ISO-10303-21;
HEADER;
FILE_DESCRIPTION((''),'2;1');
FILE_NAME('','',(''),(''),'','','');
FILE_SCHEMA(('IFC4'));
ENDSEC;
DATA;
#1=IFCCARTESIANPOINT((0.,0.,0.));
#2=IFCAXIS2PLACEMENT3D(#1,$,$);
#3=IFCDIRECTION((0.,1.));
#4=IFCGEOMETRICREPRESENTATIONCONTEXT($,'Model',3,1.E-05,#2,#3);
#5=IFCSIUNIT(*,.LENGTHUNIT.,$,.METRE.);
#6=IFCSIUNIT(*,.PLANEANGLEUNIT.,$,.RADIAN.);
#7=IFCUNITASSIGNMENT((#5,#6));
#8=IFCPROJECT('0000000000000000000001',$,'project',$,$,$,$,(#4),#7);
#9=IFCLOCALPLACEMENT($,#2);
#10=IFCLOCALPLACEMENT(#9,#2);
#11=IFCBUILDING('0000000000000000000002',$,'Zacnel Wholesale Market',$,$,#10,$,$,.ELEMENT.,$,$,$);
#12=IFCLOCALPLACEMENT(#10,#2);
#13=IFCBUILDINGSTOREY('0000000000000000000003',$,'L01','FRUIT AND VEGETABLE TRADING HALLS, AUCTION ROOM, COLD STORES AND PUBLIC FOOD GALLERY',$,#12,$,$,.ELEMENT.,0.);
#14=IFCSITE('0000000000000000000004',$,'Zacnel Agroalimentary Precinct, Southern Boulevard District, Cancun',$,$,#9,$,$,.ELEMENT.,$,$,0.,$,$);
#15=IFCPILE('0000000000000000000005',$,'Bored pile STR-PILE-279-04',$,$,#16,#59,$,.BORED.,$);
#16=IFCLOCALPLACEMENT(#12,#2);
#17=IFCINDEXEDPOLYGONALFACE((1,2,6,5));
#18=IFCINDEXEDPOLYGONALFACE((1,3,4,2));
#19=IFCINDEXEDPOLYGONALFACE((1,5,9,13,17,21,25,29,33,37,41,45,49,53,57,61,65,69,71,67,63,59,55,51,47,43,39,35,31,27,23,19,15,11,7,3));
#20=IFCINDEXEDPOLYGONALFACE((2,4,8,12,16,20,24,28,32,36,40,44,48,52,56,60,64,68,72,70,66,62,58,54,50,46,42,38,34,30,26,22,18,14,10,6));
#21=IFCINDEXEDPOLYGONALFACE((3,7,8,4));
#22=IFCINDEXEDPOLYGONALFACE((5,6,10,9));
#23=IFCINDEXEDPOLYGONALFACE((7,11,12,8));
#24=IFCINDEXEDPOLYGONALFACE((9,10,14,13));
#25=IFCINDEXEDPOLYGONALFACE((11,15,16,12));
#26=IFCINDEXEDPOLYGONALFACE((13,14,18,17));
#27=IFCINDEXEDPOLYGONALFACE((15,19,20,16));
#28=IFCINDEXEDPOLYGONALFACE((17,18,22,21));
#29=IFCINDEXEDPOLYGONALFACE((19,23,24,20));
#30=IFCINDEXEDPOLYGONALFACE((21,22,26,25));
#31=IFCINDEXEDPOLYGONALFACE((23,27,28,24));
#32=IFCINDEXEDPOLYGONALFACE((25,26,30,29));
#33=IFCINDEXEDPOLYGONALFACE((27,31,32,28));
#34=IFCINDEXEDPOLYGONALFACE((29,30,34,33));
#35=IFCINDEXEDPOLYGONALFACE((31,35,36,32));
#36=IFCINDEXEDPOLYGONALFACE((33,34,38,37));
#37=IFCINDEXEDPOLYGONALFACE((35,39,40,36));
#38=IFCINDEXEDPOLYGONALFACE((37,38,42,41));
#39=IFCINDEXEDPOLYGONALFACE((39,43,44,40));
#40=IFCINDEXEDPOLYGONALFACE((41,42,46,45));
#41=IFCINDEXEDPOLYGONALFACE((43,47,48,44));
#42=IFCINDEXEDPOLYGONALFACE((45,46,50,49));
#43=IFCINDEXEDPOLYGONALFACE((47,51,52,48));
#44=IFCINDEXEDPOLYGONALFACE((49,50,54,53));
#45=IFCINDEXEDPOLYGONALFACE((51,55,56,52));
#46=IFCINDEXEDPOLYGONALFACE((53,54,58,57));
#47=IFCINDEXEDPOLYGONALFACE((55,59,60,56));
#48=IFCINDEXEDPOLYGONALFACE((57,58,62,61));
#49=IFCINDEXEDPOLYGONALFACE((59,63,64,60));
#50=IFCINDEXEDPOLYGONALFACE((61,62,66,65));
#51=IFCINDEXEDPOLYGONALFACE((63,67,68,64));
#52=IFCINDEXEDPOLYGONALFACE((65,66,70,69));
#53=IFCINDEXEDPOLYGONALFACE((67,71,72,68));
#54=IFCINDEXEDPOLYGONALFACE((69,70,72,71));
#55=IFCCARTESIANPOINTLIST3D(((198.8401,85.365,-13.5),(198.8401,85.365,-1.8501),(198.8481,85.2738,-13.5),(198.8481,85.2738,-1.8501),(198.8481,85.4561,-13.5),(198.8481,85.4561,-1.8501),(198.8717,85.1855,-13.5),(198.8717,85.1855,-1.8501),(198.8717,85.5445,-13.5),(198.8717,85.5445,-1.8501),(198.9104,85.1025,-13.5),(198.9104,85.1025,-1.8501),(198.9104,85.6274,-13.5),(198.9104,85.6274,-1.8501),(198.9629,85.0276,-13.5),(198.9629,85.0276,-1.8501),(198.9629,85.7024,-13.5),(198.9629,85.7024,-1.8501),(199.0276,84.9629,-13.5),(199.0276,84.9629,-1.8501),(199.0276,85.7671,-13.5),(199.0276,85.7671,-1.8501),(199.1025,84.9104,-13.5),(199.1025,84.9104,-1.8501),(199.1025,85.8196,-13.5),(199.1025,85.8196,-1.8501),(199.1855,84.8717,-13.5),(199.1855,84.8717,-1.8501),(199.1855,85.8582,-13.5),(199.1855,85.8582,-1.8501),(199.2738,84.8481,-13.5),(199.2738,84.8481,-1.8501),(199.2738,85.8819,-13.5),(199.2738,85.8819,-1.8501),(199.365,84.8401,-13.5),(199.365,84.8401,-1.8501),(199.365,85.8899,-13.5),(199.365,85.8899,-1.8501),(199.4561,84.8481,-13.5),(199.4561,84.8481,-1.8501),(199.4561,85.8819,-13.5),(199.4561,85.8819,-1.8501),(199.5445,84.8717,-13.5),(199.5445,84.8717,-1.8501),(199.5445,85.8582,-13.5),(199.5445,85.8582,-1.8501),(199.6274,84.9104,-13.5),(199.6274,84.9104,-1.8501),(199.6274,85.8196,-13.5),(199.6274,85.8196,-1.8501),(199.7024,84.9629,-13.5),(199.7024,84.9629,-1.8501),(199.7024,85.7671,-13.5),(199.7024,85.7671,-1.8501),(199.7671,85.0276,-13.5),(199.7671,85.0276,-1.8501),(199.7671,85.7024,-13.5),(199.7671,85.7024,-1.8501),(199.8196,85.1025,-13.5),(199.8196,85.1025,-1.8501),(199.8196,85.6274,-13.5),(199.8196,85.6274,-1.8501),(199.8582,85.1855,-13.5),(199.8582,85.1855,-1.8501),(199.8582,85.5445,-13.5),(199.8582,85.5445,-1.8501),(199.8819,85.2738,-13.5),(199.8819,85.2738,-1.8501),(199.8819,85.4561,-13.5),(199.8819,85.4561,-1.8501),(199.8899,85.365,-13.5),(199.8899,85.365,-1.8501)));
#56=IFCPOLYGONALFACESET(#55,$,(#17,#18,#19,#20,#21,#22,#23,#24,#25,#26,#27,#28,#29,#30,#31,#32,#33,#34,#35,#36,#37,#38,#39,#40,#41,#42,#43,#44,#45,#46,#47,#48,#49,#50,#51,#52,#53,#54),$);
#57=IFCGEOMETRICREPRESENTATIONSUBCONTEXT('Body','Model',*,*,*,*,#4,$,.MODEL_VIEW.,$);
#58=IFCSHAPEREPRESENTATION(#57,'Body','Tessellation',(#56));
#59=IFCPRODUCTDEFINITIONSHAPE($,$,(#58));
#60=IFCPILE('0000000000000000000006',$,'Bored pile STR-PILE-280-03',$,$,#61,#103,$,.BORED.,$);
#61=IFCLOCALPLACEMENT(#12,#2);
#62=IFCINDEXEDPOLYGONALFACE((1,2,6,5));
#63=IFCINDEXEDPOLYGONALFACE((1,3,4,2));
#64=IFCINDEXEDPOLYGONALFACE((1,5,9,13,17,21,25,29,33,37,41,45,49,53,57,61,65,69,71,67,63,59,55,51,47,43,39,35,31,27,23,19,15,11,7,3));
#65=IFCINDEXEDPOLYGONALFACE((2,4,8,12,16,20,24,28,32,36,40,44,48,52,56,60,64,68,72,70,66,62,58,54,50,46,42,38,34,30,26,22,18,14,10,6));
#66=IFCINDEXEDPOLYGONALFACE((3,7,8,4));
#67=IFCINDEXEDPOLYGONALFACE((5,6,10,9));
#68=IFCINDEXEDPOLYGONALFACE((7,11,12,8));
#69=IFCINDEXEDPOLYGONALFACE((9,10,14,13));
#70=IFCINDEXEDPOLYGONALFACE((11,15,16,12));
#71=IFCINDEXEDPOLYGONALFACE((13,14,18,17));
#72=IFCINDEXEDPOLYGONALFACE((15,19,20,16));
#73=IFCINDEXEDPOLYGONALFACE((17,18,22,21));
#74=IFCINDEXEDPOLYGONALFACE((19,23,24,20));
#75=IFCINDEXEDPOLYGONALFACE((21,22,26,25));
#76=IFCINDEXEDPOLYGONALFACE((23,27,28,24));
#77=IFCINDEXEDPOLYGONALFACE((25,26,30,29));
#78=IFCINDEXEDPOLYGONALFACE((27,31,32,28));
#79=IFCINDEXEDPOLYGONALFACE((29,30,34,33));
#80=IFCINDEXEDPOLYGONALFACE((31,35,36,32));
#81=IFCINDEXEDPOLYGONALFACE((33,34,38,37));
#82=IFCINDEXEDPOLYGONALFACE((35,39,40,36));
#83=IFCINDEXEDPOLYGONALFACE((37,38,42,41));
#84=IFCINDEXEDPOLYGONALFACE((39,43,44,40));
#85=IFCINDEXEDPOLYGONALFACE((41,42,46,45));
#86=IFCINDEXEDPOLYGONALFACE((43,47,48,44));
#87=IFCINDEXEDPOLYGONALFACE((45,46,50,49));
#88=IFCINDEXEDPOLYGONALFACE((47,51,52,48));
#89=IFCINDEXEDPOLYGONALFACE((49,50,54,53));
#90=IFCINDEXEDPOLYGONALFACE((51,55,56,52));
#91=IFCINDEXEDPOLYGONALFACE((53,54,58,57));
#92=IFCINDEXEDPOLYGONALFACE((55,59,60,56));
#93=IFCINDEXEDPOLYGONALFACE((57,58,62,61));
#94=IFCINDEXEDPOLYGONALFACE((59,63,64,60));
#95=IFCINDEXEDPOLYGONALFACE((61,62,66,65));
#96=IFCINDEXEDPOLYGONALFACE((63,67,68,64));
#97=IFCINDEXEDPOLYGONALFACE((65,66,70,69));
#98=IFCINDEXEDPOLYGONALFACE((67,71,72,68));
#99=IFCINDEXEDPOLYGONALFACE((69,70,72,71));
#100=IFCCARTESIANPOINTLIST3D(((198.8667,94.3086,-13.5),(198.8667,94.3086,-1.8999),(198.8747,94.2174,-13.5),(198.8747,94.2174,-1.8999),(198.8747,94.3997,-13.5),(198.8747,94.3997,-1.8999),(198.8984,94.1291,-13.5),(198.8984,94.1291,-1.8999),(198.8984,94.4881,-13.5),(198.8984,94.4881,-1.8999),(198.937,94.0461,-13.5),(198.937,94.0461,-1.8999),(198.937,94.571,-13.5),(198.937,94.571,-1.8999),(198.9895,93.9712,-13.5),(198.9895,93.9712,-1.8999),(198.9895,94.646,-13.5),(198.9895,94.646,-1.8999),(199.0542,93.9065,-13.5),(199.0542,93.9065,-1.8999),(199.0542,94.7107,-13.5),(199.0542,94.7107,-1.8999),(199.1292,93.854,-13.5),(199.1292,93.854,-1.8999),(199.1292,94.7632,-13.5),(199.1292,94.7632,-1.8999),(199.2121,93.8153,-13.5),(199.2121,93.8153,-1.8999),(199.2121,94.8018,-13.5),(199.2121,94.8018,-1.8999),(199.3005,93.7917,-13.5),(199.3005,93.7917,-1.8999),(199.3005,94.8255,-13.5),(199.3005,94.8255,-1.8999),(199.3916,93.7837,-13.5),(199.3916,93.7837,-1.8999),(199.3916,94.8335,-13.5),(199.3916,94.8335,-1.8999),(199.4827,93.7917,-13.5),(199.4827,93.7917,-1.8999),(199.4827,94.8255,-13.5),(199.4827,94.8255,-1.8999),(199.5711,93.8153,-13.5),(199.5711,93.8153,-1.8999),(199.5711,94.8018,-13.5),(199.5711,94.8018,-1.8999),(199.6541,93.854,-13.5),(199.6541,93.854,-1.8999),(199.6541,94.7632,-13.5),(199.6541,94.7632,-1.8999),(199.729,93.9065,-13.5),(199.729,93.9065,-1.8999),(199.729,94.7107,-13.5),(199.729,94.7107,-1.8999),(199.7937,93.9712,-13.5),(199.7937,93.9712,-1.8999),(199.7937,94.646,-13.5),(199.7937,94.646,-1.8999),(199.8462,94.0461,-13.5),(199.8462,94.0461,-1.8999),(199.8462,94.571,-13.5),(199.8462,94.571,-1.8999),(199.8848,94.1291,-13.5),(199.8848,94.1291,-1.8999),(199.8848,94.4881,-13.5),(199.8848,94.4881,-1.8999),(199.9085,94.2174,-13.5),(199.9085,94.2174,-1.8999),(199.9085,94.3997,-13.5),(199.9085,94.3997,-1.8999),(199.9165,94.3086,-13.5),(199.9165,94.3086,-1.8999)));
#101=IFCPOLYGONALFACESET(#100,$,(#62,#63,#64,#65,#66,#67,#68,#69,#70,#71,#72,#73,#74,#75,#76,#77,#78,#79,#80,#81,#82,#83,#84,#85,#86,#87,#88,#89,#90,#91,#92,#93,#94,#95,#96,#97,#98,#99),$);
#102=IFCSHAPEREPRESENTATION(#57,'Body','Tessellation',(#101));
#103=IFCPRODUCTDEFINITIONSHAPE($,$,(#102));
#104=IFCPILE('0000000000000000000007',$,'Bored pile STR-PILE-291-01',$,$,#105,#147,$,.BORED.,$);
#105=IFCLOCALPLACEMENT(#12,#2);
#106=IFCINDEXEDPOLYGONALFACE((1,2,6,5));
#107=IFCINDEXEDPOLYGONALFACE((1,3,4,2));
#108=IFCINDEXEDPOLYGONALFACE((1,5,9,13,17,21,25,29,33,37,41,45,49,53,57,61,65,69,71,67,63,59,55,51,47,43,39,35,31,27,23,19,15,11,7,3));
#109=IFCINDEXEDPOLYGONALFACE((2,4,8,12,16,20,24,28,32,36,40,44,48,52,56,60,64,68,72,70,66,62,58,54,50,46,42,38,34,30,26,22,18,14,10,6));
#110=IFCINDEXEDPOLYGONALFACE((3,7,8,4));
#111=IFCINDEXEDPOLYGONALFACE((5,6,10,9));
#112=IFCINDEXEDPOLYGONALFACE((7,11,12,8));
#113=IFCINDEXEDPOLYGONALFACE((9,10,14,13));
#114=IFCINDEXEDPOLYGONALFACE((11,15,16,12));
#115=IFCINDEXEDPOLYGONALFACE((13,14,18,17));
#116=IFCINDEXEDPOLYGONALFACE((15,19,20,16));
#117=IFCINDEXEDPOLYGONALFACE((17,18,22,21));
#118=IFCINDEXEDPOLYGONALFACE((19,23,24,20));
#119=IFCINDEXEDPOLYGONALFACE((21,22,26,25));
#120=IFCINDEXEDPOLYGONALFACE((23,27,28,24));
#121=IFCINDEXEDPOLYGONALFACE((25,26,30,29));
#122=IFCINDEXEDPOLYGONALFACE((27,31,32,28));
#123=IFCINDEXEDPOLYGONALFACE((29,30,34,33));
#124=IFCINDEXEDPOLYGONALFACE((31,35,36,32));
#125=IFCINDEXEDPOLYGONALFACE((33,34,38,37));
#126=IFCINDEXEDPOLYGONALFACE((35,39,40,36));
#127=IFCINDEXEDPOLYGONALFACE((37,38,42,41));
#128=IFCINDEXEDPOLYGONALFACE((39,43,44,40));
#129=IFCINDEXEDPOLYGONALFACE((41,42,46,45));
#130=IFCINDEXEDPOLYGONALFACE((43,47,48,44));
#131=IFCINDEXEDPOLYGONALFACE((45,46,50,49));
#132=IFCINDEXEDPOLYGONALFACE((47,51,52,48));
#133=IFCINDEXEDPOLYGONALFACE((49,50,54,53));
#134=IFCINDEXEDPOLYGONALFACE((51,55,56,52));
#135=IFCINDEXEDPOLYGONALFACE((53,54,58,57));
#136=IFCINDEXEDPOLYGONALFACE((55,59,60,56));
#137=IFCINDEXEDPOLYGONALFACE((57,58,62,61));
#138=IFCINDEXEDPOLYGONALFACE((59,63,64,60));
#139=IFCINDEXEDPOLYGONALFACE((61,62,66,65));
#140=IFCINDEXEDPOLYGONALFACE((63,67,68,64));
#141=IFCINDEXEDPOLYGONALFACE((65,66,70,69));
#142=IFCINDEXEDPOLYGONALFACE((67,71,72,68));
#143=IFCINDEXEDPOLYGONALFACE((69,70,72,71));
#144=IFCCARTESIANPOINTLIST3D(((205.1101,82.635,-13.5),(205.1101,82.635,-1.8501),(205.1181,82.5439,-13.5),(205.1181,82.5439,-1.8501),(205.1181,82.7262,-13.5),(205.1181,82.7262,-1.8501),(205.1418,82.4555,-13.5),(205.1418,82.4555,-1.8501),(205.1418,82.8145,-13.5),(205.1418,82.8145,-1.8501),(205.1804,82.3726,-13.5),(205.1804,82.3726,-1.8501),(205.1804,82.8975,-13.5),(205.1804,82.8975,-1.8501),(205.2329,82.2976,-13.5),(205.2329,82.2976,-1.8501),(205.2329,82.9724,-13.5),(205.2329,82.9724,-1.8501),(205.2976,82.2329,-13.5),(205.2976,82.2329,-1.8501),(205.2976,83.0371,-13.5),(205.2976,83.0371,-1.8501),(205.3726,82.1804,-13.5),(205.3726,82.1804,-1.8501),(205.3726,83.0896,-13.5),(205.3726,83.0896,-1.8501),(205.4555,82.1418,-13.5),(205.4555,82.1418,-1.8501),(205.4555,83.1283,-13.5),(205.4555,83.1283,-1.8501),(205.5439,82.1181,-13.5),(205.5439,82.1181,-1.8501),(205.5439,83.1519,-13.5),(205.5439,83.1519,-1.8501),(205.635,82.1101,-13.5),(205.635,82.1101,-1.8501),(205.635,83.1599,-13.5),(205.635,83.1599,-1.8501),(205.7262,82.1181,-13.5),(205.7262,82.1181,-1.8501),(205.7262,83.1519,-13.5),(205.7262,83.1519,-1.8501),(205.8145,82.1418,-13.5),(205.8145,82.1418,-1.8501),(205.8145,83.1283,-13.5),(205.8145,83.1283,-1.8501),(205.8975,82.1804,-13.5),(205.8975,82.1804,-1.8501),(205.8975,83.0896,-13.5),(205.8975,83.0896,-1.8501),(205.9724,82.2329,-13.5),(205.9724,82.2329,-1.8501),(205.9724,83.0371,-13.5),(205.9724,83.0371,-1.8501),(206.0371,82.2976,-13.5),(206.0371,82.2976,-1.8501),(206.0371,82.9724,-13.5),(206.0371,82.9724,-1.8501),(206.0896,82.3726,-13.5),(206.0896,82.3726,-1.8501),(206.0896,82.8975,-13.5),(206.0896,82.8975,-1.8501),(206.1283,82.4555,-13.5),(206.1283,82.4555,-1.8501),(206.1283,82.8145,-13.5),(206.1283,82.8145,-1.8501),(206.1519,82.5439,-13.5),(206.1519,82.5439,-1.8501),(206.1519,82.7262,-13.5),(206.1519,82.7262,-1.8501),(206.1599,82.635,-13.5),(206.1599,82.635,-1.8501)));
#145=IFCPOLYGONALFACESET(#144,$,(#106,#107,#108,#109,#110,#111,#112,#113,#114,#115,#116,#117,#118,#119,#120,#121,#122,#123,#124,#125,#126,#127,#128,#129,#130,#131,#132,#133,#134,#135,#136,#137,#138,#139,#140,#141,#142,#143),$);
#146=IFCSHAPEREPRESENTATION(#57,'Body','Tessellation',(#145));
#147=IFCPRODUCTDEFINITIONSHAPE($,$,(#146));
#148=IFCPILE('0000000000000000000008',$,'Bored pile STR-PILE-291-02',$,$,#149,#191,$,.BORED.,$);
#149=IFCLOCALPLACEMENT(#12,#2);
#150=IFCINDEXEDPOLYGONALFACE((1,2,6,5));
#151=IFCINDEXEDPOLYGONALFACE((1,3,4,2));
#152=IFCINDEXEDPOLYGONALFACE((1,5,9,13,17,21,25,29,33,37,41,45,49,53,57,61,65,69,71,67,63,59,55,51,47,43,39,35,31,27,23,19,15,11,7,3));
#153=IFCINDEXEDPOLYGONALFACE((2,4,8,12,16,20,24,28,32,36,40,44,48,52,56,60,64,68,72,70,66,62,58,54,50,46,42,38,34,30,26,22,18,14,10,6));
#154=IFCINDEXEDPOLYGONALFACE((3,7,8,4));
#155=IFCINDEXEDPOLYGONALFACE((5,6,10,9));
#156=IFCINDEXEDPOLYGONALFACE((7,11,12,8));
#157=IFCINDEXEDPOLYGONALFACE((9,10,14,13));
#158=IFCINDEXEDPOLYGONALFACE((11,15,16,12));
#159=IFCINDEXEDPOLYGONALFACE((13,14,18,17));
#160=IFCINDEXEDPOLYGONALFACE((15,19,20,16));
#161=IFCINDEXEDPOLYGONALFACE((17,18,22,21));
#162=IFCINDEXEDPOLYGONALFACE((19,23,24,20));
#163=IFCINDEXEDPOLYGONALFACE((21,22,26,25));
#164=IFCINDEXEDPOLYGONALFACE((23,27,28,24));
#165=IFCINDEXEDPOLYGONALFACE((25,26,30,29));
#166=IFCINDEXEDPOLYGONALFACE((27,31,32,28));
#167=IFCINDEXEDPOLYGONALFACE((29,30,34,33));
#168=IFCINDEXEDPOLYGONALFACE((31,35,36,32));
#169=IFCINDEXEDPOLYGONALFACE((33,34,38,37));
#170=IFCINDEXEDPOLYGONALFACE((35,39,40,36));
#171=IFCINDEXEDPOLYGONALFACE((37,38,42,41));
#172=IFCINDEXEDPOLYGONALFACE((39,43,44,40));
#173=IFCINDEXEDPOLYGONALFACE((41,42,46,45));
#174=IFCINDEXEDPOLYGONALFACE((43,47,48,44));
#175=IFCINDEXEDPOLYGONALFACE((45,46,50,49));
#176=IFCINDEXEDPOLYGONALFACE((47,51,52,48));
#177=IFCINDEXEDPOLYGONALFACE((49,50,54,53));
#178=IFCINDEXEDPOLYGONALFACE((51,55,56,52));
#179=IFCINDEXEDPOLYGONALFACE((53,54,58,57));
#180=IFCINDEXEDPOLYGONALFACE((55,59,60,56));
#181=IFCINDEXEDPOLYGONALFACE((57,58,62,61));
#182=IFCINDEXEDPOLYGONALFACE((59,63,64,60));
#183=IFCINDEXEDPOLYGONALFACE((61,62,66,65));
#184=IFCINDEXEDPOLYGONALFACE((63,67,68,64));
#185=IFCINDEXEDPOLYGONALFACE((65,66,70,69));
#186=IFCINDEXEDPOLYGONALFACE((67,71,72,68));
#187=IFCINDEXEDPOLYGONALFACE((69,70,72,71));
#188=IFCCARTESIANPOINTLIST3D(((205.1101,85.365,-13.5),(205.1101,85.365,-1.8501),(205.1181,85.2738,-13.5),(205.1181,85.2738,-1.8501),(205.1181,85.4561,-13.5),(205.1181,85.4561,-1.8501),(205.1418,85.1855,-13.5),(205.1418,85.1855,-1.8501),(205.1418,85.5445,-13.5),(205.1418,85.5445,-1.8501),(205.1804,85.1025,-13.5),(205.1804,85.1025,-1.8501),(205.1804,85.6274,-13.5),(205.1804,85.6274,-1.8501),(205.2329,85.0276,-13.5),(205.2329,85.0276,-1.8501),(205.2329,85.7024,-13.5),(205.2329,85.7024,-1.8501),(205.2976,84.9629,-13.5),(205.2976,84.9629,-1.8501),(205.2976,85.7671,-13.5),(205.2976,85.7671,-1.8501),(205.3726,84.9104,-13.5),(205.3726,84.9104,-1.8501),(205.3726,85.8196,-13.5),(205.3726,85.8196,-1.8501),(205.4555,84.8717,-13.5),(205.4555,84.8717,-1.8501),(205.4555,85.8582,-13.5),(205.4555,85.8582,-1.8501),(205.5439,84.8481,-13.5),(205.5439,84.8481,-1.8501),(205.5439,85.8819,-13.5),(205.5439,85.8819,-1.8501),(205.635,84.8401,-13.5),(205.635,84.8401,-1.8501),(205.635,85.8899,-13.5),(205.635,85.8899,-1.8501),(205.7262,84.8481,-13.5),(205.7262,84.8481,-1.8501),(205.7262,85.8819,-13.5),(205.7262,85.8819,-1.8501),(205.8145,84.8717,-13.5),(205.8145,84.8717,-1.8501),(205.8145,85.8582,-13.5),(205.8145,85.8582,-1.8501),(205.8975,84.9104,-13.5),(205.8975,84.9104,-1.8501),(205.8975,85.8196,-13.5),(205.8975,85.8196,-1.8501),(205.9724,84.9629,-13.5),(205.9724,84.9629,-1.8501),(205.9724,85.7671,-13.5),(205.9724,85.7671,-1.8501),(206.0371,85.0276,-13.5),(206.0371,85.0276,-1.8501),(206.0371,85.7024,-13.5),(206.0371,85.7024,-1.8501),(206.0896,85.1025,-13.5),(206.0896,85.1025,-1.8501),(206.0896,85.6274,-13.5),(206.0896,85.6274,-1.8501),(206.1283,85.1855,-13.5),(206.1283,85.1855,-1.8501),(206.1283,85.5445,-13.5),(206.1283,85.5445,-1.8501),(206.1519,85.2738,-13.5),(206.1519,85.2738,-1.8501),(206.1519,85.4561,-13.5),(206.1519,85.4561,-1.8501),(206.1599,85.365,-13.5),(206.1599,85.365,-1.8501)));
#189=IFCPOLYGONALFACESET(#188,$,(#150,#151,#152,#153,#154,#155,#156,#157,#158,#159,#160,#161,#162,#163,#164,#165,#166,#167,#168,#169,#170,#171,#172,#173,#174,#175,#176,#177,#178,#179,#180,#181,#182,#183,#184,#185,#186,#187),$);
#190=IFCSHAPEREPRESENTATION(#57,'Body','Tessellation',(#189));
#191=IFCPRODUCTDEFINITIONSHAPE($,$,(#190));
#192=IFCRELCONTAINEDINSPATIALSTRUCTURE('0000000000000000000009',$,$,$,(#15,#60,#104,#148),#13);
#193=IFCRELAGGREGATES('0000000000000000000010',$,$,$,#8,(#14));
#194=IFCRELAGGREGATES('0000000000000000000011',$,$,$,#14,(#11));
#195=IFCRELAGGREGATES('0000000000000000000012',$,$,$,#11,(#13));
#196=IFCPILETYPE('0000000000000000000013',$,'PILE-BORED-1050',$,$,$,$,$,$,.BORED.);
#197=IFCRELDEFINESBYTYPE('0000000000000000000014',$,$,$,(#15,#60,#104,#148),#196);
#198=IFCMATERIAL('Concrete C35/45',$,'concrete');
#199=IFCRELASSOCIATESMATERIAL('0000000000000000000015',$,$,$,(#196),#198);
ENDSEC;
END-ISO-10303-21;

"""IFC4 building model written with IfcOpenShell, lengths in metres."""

from ifc_helpers import new_model, si_unit, direction, frame, origin, origin_2d, place, context, subcontext, project, spatial, circle, extrude, material, material_profile, profile_set, type_object, element, save


model = new_model("IFC4")

# Units and contexts
model_context = context("Model", 3, precision=1e-05, world=origin(), true_north=direction((0.0, 1.0)))
body_context = subcontext(model_context, "Body", "Model", "MODEL_VIEW")
ifc_project = project(units=[si_unit("LENGTHUNIT", "METRE"), si_unit("PLANEANGLEUNIT", "RADIAN")], contexts=[model_context])

# Site, building, storey
site_placement = place(None, origin())
site = spatial("IfcSite", under=ifc_project, at=site_placement, Name="Zacnel Agroalimentary Precinct, Southern Boulevard District, Cancun", CompositionType="ELEMENT", RefElevation=0.0)
building_placement = place(site_placement, origin())
building = spatial("IfcBuilding", under=site, at=building_placement, Name="Zacnel Wholesale Market", CompositionType="ELEMENT")
storey_placement = place(building_placement, origin())
storey = spatial("IfcBuildingStorey", under=building, at=storey_placement, Name="L01", Description="FRUIT AND VEGETABLE TRADING HALLS, AUCTION ROOM, COLD STORES AND PUBLIC FOOD GALLERY", CompositionType="ELEMENT", Elevation=0.0)

# Piles
ifc_material_1 = material(Name="Concrete C35/45", Category="concrete")
ifc_material_profile_1 = material_profile(ifc_material_1, circle(Radius=0.5249, at=origin_2d()), Name="BORED PILE D1050")
ifc_profile_set_1 = profile_set([ifc_material_profile_1], Name="Concrete C35/45")
pile_type = type_object("IfcPileType", Name="PILE-BORED-1050", PredefinedType="BORED", material=ifc_profile_set_1)
for number, where, z_axis, x_axis, name in (
    (1, (199.365, 85.365, -1.8501), (0.0, 0.0, -1.0), (1.0, 0.0, 0.0), "Bored pile STR-PILE-279-04"),
):
    element("IfcPile", number, at=place(storey_placement, frame(where, z_axis=z_axis, x_axis=x_axis)), inside=storey, type_object=pile_type, Name=name, PredefinedType="BORED", context=body_context, shape_type="SweptSolid", body=[
        extrude(circle(Radius=0.5249, at=origin_2d()), origin(), (0.0, 0.0, 1.0), 11.6499),
    ])
pile_placement = place(storey_placement, frame((199.3916, 94.3086, -1.8999), z_axis=(0.0, 0.0, -1.0), x_axis=(1.0, 0.0, 0.0)))
element("IfcPile", 2, at=pile_placement, inside=storey, type_object=pile_type, Name="Bored pile STR-PILE-280-03", PredefinedType="BORED", context=body_context, shape_type="SweptSolid", body=[
    extrude(circle(Radius=0.5249, at=origin_2d()), origin(), (0.0, 0.0, 1.0), 11.6001),
])
for number, where, z_axis, x_axis, name in (
    (3, (205.635, 82.635, -1.8501), (0.0, 0.0, -1.0), (1.0, 0.0, 0.0), "Bored pile STR-PILE-291-01"),
    (4, (205.635, 85.365, -1.8501), (0.0, 0.0, -1.0), (1.0, 0.0, 0.0), "Bored pile STR-PILE-291-02"),
):
    element("IfcPile", number, at=place(storey_placement, frame(where, z_axis=z_axis, x_axis=x_axis)), inside=storey, type_object=pile_type, Name=name, PredefinedType="BORED", context=body_context, shape_type="SweptSolid", body=[
        extrude(circle(Radius=0.5249, at=origin_2d()), origin(), (0.0, 0.0, 1.0), 11.6499),
    ])

save(model, "model.ifc")
